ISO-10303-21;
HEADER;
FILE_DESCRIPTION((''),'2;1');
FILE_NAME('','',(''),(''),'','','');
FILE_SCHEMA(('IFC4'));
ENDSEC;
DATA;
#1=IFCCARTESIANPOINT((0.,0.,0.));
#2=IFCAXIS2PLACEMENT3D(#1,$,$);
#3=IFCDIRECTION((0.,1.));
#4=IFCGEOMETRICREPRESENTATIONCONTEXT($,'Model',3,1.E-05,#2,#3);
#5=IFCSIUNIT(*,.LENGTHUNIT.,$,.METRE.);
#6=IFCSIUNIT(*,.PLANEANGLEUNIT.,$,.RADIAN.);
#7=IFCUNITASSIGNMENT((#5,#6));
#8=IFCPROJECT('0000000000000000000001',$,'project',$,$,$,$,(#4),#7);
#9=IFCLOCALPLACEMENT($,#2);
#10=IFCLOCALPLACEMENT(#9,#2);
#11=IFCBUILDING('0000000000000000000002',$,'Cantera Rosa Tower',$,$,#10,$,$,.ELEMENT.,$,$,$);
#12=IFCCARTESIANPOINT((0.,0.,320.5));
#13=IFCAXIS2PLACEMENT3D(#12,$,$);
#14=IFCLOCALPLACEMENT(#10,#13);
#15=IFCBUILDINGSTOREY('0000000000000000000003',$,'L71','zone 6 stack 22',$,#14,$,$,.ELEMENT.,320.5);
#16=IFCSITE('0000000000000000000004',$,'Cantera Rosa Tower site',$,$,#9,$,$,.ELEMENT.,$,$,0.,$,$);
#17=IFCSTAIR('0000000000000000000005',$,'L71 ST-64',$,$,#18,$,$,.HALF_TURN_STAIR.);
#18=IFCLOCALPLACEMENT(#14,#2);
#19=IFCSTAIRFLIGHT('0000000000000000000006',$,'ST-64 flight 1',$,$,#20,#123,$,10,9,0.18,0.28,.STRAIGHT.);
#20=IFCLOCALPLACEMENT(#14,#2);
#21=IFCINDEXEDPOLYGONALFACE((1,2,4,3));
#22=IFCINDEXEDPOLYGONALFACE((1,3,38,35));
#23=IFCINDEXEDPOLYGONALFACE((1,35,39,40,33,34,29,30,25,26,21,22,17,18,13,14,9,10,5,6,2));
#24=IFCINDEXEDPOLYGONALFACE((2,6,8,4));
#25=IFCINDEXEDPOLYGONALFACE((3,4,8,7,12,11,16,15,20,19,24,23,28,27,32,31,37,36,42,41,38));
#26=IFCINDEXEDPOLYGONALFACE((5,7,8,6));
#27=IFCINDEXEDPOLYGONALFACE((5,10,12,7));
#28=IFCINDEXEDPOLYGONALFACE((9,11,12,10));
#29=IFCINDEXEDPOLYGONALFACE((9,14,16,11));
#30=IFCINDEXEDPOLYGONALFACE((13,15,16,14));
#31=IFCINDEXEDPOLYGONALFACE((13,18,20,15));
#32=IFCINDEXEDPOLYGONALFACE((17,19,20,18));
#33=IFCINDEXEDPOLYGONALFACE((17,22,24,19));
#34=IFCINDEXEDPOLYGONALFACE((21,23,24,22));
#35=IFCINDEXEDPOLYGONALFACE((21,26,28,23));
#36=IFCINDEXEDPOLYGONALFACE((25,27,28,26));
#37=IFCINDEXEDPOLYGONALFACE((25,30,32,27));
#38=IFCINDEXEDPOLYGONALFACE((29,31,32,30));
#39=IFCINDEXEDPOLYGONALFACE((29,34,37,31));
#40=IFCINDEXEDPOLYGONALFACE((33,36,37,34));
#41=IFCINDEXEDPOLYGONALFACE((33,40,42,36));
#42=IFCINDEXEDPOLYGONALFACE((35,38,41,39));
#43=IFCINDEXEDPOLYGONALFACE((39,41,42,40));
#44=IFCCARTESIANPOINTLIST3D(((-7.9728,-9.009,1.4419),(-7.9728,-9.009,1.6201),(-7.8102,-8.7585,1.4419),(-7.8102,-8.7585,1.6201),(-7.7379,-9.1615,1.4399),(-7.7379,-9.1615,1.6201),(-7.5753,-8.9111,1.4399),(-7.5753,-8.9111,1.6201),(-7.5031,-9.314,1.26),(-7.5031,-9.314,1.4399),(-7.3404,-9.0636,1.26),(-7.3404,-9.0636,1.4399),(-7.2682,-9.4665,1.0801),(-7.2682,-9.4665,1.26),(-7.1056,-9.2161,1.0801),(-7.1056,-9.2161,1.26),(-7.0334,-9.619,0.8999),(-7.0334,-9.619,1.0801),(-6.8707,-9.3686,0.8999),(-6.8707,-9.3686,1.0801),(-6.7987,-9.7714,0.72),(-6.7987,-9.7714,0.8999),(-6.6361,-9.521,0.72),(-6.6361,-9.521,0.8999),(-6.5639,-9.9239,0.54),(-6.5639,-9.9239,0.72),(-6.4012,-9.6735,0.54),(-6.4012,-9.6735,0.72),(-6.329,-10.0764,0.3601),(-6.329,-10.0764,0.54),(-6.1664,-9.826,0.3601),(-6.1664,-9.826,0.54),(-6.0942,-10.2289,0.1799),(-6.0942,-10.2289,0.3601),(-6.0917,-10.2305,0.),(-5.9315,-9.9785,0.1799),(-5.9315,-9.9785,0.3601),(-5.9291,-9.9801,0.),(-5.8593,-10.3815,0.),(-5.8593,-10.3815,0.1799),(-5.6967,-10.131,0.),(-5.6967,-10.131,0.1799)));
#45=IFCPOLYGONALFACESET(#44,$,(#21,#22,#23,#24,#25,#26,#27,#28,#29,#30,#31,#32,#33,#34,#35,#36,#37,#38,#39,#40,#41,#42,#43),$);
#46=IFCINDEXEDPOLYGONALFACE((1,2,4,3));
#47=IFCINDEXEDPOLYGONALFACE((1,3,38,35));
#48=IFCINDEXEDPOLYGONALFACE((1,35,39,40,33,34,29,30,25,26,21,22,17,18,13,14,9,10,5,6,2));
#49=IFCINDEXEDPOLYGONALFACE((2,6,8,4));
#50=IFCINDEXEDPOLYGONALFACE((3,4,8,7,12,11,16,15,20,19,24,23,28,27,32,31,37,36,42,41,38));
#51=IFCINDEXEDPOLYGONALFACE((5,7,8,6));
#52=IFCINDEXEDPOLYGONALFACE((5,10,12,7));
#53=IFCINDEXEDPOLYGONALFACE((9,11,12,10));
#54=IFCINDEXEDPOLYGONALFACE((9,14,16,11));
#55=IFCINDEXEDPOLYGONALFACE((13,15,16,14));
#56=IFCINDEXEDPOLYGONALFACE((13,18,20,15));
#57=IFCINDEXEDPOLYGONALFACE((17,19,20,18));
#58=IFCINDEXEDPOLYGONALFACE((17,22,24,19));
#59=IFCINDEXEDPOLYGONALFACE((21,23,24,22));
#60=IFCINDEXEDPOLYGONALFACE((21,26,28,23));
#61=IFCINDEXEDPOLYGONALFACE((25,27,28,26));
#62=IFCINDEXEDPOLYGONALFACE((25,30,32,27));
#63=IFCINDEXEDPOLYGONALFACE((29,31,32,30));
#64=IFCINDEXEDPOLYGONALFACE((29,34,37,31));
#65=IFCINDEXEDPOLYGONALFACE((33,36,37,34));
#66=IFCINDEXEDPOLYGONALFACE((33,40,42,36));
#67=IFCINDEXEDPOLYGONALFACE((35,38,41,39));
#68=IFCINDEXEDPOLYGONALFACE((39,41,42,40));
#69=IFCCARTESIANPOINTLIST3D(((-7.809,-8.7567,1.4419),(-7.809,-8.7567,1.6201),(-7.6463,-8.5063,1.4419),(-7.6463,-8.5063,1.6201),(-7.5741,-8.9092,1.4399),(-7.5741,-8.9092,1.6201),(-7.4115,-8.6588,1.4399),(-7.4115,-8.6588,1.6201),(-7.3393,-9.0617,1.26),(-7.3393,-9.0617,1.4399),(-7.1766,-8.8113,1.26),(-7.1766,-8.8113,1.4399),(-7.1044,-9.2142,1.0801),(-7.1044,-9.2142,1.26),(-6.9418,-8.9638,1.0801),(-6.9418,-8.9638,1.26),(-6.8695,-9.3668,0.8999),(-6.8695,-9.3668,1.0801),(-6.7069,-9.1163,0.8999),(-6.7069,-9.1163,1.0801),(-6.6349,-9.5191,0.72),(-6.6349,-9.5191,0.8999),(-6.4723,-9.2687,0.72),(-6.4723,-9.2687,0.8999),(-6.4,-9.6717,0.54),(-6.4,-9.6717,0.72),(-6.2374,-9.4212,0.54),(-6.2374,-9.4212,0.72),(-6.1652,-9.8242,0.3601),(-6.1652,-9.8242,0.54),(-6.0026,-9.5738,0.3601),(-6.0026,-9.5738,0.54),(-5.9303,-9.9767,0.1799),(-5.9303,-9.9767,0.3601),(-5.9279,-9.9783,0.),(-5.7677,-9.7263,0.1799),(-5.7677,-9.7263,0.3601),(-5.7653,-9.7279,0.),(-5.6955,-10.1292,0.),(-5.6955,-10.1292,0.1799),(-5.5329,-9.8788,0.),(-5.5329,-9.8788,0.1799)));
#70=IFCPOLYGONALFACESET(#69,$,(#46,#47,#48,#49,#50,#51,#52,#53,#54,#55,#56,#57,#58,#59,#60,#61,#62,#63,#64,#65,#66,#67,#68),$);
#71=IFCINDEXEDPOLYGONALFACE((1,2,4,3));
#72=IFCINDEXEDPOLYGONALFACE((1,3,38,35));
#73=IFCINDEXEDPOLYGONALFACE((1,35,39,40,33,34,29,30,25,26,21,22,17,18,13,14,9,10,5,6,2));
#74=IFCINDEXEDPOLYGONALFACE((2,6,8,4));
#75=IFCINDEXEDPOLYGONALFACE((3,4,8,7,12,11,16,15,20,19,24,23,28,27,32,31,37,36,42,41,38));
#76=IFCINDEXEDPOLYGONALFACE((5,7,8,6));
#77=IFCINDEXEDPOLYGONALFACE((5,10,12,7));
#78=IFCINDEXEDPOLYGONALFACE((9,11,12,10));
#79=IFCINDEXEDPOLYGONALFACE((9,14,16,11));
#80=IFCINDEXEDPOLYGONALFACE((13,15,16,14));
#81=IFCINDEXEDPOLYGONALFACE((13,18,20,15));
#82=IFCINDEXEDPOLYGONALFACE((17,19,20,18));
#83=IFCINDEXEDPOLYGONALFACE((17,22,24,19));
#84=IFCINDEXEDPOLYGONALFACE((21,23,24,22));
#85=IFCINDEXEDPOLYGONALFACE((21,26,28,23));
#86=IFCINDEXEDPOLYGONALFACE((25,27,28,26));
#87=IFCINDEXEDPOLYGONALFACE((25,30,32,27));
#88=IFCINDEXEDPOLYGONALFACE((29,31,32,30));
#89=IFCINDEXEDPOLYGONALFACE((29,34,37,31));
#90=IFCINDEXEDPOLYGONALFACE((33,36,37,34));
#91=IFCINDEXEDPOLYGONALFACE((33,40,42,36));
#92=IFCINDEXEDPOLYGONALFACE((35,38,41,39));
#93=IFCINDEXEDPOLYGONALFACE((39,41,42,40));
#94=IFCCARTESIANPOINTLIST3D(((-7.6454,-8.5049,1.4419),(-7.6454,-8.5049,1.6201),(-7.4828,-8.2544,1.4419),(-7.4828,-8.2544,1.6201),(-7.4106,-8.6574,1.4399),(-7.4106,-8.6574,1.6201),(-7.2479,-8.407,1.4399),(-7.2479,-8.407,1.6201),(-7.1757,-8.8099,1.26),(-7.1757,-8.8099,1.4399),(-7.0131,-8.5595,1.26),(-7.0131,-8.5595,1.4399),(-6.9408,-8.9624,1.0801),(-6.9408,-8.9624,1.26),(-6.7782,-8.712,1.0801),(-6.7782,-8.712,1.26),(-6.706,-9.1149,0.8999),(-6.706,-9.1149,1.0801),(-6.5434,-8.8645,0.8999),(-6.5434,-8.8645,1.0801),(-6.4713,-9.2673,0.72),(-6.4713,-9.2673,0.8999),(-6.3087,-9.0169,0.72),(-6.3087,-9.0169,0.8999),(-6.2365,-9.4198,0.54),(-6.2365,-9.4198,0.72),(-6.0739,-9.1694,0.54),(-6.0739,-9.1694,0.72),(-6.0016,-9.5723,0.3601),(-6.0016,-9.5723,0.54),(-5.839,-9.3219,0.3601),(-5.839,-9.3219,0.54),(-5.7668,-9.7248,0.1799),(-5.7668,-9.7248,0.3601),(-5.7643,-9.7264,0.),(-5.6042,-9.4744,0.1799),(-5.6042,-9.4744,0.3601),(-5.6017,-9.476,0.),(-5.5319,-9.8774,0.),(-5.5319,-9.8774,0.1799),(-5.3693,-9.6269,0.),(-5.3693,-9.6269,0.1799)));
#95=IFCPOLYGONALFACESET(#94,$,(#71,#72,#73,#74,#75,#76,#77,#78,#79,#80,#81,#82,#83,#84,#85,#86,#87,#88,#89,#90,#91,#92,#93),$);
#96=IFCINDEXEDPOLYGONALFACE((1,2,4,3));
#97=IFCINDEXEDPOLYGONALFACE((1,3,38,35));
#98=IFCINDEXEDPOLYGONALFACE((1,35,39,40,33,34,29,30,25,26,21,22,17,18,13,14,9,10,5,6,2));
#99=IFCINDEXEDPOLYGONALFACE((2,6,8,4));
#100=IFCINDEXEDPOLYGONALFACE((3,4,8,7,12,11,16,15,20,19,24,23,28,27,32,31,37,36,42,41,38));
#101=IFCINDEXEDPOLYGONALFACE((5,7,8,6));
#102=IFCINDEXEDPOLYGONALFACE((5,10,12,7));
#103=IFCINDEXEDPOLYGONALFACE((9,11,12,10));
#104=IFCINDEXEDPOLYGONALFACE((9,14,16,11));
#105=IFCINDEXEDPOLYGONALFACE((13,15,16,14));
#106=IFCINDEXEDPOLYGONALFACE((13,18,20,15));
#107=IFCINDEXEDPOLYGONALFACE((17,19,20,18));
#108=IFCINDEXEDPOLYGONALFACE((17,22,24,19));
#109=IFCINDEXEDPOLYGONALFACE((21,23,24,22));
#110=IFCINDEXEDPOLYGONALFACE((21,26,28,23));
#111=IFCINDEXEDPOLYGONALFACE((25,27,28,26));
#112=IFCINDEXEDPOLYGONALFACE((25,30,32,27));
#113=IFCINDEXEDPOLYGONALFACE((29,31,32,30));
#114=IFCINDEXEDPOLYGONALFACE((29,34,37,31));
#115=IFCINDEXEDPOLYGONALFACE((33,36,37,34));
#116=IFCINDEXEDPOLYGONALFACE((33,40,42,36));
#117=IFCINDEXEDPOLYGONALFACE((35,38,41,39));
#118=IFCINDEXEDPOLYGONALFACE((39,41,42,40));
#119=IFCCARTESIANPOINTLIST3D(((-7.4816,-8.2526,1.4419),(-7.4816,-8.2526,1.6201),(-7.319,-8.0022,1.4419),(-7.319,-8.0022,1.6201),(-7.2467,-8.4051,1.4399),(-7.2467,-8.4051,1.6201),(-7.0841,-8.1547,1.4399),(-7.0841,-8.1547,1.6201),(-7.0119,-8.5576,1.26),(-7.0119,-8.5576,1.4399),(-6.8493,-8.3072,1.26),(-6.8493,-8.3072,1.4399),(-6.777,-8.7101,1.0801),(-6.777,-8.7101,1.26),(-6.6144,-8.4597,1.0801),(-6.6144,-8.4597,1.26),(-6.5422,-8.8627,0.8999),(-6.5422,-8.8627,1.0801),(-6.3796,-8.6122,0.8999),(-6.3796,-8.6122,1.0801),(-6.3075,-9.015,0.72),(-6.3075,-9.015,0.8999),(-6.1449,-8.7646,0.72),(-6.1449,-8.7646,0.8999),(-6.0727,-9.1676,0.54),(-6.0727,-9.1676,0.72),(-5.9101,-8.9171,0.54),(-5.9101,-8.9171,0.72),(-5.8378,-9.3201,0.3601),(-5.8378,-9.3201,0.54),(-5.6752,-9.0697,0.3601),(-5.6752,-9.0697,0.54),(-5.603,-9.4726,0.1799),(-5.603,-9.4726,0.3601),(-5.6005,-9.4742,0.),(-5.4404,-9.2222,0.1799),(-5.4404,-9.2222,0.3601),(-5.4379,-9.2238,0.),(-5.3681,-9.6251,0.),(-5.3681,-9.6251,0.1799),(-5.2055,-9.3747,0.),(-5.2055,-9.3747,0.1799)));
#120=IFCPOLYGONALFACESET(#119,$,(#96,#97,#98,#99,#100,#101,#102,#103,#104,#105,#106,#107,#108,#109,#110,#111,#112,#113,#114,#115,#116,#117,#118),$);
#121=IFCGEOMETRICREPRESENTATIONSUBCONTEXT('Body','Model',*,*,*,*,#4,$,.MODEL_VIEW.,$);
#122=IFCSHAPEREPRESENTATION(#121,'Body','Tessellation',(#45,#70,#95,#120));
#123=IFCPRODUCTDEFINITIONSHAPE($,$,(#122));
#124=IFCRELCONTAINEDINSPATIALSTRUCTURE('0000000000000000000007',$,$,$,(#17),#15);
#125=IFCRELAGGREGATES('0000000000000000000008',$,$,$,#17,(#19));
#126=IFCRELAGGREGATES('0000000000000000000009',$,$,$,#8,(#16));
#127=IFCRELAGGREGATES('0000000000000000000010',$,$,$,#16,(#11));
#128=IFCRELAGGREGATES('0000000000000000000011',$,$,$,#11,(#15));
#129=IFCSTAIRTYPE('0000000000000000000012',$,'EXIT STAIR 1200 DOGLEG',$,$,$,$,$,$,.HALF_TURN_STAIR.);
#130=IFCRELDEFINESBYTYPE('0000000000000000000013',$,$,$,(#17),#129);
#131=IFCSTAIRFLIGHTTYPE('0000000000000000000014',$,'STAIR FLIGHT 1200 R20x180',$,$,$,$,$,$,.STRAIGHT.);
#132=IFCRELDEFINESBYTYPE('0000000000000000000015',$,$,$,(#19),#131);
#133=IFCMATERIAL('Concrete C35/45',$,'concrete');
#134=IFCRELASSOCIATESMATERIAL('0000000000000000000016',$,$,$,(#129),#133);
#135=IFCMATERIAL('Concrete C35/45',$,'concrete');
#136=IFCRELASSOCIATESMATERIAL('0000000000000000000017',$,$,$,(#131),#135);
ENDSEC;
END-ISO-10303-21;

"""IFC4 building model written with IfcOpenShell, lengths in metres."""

from ifc_helpers import new_model, si_unit, direction, frame, origin, place, context, subcontext, project, spatial, polyline, outline, extrude, material, type_object, element, aggregate, save


model = new_model("IFC4")

# Units and contexts
model_context = context("Model", 3, precision=1e-05, world=origin(), true_north=direction((0.0, 1.0)))
body_context = subcontext(model_context, "Body", "Model", "MODEL_VIEW")
ifc_project = project(units=[si_unit("LENGTHUNIT", "METRE"), si_unit("PLANEANGLEUNIT", "RADIAN")], contexts=[model_context])

# Site, building, storey
site_placement = place(None, origin())
site = spatial("IfcSite", under=ifc_project, at=site_placement, Name="Cantera Rosa Tower site", CompositionType="ELEMENT", RefElevation=0.0)
building_placement = place(site_placement, origin())
building = spatial("IfcBuilding", under=site, at=building_placement, Name="Cantera Rosa Tower", CompositionType="ELEMENT")
storey_placement = place(building_placement, frame((0.0, 0.0, 320.5)))
storey = spatial("IfcBuildingStorey", under=building, at=storey_placement, Name="L71", Description="zone 6 stack 22", CompositionType="ELEMENT", Elevation=320.5)

# Stair, stair flight
ifc_material_1 = material(Name="Concrete C35/45", Category="concrete")
stair_type = type_object("IfcStairType", Name="EXIT STAIR 1200 DOGLEG", PredefinedType="HALF_TURN_STAIR", material=ifc_material_1)
stair_placement = place(storey_placement, origin())
stair = element("IfcStair", 1, at=stair_placement, inside=storey, type_object=stair_type, Name="L71 ST-64", PredefinedType="HALF_TURN_STAIR")
ifc_material_2 = material(Name="Concrete C35/45", Category="concrete")
stair_flight_type = type_object("IfcStairFlightType", Name="STAIR FLIGHT 1200 R20x180", PredefinedType="STRAIGHT", material=ifc_material_2)
stair_flight_1_placement = place(storey_placement, frame((-5.5325, -9.8782, 0.0), z_axis=(0.0, 0.0, 1.0), x_axis=(-0.838671, 0.544639, 0.0)))
stair_flight_1 = element("IfcStairFlight", 2, at=stair_flight_1_placement, type_object=stair_flight_type, Name="ST-64 flight 1", NumberOfRisers=10, NumberOfTreads=9, PredefinedType="STRAIGHT", RiserHeight=0.18, TreadLength=0.28, context=body_context, shape_type="SweptSolid", body=[
    extrude(outline(polyline([(0.0, 0.0), (0.0, 0.1799), (0.28, 0.1799), (0.28, 0.3601), (0.5601, 0.3601), (0.5601, 0.54), (0.8401, 0.54), (0.8401, 0.72), (1.1201, 0.72), (1.1201, 0.8999), (1.3999, 0.8999), (1.3999, 1.0801), (1.6799, 1.0801), (1.6799, 1.26), (1.96, 1.26), (1.96, 1.4399), (2.24, 1.4399), (2.24, 1.6201), (2.52, 1.6201), (2.52, 1.8), (2.52, 1.4419), (0.2771, 0.0), (0.0, 0.0)])), frame((0.0, 0.6001, 0.0), z_axis=(0.0, -1.0, 0.0), x_axis=(1.0, 0.0, 0.0)), (0.0, 0.0, 1.0), 0.2986),
    extrude(outline(polyline([(0.0, 0.0), (0.0, 0.1799), (0.28, 0.1799), (0.28, 0.3601), (0.5601, 0.3601), (0.5601, 0.54), (0.8401, 0.54), (0.8401, 0.72), (1.1201, 0.72), (1.1201, 0.8999), (1.3999, 0.8999), (1.3999, 1.0801), (1.6799, 1.0801), (1.6799, 1.26), (1.96, 1.26), (1.96, 1.4399), (2.24, 1.4399), (2.24, 1.6201), (2.52, 1.6201), (2.52, 1.8), (2.52, 1.4419), (0.2771, 0.0), (0.0, 0.0)])), frame((0.0, 0.2993, 0.0), z_axis=(0.0, -1.0, 0.0), x_axis=(1.0, 0.0, 0.0)), (0.0, 0.0, 1.0), 0.2986),
    extrude(outline(polyline([(0.0, 0.0), (0.0, 0.1799), (0.28, 0.1799), (0.28, 0.3601), (0.5601, 0.3601), (0.5601, 0.54), (0.8401, 0.54), (0.8401, 0.72), (1.1201, 0.72), (1.1201, 0.8999), (1.3999, 0.8999), (1.3999, 1.0801), (1.6799, 1.0801), (1.6799, 1.26), (1.96, 1.26), (1.96, 1.4399), (2.24, 1.4399), (2.24, 1.6201), (2.52, 1.6201), (2.52, 1.8), (2.52, 1.4419), (0.2771, 0.0), (0.0, 0.0)])), frame((0.0, -0.001, 0.0), z_axis=(0.0, -1.0, 0.0), x_axis=(1.0, 0.0, 0.0)), (0.0, 0.0, 1.0), 0.2986),
    extrude(outline(polyline([(0.0, 0.0), (0.0, 0.1799), (0.28, 0.1799), (0.28, 0.3601), (0.5601, 0.3601), (0.5601, 0.54), (0.8401, 0.54), (0.8401, 0.72), (1.1201, 0.72), (1.1201, 0.8999), (1.3999, 0.8999), (1.3999, 1.0801), (1.6799, 1.0801), (1.6799, 1.26), (1.96, 1.26), (1.96, 1.4399), (2.24, 1.4399), (2.24, 1.6201), (2.52, 1.6201), (2.52, 1.8), (2.52, 1.4419), (0.2771, 0.0), (0.0, 0.0)])), frame((0.0, -0.3018, 0.0), z_axis=(0.0, -1.0, 0.0), x_axis=(1.0, 0.0, 0.0)), (0.0, 0.0, 1.0), 0.2986),
])
aggregate(stair, [stair_flight_1])

save(model, "model.ifc")
